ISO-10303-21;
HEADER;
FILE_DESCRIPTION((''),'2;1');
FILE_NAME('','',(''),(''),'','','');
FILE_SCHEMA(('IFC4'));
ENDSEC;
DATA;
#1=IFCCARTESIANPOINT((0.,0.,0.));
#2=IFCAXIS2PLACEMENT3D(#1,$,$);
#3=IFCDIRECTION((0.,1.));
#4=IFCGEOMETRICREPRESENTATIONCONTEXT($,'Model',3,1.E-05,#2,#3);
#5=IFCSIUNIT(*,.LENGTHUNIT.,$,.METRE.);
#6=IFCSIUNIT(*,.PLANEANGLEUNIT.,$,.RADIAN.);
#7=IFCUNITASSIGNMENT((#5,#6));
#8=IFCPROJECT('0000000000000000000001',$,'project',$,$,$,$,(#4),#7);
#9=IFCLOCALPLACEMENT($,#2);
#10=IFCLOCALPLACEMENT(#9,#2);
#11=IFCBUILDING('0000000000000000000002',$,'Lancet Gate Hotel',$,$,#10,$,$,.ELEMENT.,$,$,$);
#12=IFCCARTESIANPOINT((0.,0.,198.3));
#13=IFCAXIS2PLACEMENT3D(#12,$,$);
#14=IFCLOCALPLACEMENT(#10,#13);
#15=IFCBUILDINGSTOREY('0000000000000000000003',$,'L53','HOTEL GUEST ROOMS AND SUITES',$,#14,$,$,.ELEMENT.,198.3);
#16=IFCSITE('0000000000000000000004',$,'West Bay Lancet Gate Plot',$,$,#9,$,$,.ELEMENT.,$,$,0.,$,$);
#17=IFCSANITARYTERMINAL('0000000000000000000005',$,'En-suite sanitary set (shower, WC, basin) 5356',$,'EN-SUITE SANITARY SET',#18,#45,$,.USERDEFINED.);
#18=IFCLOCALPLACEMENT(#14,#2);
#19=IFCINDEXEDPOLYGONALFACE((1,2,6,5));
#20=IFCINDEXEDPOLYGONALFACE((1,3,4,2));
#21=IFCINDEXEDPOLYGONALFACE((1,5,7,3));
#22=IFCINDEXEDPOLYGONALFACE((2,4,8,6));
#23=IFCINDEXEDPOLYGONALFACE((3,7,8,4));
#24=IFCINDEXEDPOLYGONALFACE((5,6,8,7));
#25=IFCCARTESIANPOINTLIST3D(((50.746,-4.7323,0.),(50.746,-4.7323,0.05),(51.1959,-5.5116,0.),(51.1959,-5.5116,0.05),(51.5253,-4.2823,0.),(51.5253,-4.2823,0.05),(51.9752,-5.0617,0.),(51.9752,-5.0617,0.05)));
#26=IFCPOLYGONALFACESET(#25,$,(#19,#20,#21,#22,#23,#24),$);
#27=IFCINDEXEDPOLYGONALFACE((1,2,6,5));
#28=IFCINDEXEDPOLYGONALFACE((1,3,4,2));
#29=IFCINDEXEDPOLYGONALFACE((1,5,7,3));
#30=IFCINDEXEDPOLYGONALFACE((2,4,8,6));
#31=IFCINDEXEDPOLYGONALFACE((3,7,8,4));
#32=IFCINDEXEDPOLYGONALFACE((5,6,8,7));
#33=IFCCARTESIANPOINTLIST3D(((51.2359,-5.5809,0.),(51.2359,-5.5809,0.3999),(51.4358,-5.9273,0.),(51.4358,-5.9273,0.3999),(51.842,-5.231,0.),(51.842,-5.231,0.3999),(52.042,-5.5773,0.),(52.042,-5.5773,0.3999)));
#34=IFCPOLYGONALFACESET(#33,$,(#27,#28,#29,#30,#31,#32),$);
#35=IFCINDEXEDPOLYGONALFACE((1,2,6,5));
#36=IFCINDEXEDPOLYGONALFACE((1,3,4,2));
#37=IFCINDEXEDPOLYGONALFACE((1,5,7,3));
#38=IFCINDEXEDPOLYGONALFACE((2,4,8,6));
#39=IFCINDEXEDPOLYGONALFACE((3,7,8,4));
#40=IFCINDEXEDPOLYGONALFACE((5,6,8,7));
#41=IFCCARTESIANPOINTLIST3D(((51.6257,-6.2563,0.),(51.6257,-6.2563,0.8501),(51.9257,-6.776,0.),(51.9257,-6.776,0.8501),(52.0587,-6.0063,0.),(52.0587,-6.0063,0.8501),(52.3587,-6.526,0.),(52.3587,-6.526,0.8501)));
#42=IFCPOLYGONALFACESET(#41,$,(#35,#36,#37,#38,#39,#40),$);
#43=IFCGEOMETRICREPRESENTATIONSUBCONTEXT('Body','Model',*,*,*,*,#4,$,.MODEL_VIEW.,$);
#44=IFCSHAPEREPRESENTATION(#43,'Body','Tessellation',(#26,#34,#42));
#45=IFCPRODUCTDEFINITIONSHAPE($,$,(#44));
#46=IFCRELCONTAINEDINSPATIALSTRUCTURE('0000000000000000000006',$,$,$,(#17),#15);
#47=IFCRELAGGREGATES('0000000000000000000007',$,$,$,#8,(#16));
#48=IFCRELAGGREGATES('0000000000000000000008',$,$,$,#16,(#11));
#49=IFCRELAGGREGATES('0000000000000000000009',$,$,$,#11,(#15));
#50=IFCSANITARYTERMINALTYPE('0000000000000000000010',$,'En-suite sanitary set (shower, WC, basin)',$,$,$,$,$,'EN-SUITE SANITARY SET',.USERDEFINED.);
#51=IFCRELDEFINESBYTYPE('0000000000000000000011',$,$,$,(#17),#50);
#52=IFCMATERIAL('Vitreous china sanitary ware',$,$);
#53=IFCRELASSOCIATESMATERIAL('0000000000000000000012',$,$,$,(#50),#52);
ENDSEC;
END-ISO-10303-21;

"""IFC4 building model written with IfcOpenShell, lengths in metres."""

from ifc_helpers import new_model, si_unit, direction, frame, origin, origin_2d, place, context, subcontext, project, spatial, rectangle, extrude, material, type_object, element, save


model = new_model("IFC4")

# Units and contexts
model_context = context("Model", 3, precision=1e-05, world=origin(), true_north=direction((0.0, 1.0)))
body_context = subcontext(model_context, "Body", "Model", "MODEL_VIEW")
ifc_project = project(units=[si_unit("LENGTHUNIT", "METRE"), si_unit("PLANEANGLEUNIT", "RADIAN")], contexts=[model_context])

# Site, building, storey
site_placement = place(None, origin())
site = spatial("IfcSite", under=ifc_project, at=site_placement, Name="West Bay Lancet Gate Plot", CompositionType="ELEMENT", RefElevation=0.0)
building_placement = place(site_placement, origin())
building = spatial("IfcBuilding", under=site, at=building_placement, Name="Lancet Gate Hotel", CompositionType="ELEMENT")
storey_placement = place(building_placement, frame((0.0, 0.0, 198.3)))
storey = spatial("IfcBuildingStorey", under=building, at=storey_placement, Name="L53", Description="HOTEL GUEST ROOMS AND SUITES", CompositionType="ELEMENT", Elevation=198.3)

# Sanitary terminal
ifc_material_1 = material(Name="Vitreous china sanitary ware")
sanitary_terminal_type = type_object("IfcSanitaryTerminalType", Name="En-suite sanitary set (shower, WC, basin)", ElementType="EN-SUITE SANITARY SET", PredefinedType="USERDEFINED", material=ifc_material_1)
sanitary_terminal_1_placement = place(storey_placement, frame((51.3606, -4.897, 0.0), z_axis=(0.0, 0.0, 1.0), x_axis=(1.0, 0.0, 0.0)))
element("IfcSanitaryTerminal", 1, at=sanitary_terminal_1_placement, inside=storey, type_object=sanitary_terminal_type, Name="En-suite sanitary set (shower, WC, basin) 5356", ObjectType="EN-SUITE SANITARY SET", PredefinedType="USERDEFINED", context=body_context, shape_type="SweptSolid", body=[
    extrude(rectangle(XDim=0.8999, YDim=0.8999, at=origin_2d()), frame((0.0, 0.0, 0.0), z_axis=(0.0, 0.0, 1.0), x_axis=(-0.5, 0.866025, 0.0)), (0.0, 0.0, 1.0), 0.05),
    extrude(rectangle(XDim=0.3999, YDim=0.7, at=origin_2d()), frame((0.2783, -0.6821, 0.0), z_axis=(0.0, 0.0, 1.0), x_axis=(-0.5, 0.866025, 0.0)), (0.0, 0.0, 1.0), 0.3999),
    extrude(rectangle(XDim=0.6001, YDim=0.5, at=origin_2d()), frame((0.6316, -1.4941, 0.0), z_axis=(0.0, 0.0, 1.0), x_axis=(-0.5, 0.866025, 0.0)), (0.0, 0.0, 1.0), 0.8501),
])

save(model, "model.ifc")
